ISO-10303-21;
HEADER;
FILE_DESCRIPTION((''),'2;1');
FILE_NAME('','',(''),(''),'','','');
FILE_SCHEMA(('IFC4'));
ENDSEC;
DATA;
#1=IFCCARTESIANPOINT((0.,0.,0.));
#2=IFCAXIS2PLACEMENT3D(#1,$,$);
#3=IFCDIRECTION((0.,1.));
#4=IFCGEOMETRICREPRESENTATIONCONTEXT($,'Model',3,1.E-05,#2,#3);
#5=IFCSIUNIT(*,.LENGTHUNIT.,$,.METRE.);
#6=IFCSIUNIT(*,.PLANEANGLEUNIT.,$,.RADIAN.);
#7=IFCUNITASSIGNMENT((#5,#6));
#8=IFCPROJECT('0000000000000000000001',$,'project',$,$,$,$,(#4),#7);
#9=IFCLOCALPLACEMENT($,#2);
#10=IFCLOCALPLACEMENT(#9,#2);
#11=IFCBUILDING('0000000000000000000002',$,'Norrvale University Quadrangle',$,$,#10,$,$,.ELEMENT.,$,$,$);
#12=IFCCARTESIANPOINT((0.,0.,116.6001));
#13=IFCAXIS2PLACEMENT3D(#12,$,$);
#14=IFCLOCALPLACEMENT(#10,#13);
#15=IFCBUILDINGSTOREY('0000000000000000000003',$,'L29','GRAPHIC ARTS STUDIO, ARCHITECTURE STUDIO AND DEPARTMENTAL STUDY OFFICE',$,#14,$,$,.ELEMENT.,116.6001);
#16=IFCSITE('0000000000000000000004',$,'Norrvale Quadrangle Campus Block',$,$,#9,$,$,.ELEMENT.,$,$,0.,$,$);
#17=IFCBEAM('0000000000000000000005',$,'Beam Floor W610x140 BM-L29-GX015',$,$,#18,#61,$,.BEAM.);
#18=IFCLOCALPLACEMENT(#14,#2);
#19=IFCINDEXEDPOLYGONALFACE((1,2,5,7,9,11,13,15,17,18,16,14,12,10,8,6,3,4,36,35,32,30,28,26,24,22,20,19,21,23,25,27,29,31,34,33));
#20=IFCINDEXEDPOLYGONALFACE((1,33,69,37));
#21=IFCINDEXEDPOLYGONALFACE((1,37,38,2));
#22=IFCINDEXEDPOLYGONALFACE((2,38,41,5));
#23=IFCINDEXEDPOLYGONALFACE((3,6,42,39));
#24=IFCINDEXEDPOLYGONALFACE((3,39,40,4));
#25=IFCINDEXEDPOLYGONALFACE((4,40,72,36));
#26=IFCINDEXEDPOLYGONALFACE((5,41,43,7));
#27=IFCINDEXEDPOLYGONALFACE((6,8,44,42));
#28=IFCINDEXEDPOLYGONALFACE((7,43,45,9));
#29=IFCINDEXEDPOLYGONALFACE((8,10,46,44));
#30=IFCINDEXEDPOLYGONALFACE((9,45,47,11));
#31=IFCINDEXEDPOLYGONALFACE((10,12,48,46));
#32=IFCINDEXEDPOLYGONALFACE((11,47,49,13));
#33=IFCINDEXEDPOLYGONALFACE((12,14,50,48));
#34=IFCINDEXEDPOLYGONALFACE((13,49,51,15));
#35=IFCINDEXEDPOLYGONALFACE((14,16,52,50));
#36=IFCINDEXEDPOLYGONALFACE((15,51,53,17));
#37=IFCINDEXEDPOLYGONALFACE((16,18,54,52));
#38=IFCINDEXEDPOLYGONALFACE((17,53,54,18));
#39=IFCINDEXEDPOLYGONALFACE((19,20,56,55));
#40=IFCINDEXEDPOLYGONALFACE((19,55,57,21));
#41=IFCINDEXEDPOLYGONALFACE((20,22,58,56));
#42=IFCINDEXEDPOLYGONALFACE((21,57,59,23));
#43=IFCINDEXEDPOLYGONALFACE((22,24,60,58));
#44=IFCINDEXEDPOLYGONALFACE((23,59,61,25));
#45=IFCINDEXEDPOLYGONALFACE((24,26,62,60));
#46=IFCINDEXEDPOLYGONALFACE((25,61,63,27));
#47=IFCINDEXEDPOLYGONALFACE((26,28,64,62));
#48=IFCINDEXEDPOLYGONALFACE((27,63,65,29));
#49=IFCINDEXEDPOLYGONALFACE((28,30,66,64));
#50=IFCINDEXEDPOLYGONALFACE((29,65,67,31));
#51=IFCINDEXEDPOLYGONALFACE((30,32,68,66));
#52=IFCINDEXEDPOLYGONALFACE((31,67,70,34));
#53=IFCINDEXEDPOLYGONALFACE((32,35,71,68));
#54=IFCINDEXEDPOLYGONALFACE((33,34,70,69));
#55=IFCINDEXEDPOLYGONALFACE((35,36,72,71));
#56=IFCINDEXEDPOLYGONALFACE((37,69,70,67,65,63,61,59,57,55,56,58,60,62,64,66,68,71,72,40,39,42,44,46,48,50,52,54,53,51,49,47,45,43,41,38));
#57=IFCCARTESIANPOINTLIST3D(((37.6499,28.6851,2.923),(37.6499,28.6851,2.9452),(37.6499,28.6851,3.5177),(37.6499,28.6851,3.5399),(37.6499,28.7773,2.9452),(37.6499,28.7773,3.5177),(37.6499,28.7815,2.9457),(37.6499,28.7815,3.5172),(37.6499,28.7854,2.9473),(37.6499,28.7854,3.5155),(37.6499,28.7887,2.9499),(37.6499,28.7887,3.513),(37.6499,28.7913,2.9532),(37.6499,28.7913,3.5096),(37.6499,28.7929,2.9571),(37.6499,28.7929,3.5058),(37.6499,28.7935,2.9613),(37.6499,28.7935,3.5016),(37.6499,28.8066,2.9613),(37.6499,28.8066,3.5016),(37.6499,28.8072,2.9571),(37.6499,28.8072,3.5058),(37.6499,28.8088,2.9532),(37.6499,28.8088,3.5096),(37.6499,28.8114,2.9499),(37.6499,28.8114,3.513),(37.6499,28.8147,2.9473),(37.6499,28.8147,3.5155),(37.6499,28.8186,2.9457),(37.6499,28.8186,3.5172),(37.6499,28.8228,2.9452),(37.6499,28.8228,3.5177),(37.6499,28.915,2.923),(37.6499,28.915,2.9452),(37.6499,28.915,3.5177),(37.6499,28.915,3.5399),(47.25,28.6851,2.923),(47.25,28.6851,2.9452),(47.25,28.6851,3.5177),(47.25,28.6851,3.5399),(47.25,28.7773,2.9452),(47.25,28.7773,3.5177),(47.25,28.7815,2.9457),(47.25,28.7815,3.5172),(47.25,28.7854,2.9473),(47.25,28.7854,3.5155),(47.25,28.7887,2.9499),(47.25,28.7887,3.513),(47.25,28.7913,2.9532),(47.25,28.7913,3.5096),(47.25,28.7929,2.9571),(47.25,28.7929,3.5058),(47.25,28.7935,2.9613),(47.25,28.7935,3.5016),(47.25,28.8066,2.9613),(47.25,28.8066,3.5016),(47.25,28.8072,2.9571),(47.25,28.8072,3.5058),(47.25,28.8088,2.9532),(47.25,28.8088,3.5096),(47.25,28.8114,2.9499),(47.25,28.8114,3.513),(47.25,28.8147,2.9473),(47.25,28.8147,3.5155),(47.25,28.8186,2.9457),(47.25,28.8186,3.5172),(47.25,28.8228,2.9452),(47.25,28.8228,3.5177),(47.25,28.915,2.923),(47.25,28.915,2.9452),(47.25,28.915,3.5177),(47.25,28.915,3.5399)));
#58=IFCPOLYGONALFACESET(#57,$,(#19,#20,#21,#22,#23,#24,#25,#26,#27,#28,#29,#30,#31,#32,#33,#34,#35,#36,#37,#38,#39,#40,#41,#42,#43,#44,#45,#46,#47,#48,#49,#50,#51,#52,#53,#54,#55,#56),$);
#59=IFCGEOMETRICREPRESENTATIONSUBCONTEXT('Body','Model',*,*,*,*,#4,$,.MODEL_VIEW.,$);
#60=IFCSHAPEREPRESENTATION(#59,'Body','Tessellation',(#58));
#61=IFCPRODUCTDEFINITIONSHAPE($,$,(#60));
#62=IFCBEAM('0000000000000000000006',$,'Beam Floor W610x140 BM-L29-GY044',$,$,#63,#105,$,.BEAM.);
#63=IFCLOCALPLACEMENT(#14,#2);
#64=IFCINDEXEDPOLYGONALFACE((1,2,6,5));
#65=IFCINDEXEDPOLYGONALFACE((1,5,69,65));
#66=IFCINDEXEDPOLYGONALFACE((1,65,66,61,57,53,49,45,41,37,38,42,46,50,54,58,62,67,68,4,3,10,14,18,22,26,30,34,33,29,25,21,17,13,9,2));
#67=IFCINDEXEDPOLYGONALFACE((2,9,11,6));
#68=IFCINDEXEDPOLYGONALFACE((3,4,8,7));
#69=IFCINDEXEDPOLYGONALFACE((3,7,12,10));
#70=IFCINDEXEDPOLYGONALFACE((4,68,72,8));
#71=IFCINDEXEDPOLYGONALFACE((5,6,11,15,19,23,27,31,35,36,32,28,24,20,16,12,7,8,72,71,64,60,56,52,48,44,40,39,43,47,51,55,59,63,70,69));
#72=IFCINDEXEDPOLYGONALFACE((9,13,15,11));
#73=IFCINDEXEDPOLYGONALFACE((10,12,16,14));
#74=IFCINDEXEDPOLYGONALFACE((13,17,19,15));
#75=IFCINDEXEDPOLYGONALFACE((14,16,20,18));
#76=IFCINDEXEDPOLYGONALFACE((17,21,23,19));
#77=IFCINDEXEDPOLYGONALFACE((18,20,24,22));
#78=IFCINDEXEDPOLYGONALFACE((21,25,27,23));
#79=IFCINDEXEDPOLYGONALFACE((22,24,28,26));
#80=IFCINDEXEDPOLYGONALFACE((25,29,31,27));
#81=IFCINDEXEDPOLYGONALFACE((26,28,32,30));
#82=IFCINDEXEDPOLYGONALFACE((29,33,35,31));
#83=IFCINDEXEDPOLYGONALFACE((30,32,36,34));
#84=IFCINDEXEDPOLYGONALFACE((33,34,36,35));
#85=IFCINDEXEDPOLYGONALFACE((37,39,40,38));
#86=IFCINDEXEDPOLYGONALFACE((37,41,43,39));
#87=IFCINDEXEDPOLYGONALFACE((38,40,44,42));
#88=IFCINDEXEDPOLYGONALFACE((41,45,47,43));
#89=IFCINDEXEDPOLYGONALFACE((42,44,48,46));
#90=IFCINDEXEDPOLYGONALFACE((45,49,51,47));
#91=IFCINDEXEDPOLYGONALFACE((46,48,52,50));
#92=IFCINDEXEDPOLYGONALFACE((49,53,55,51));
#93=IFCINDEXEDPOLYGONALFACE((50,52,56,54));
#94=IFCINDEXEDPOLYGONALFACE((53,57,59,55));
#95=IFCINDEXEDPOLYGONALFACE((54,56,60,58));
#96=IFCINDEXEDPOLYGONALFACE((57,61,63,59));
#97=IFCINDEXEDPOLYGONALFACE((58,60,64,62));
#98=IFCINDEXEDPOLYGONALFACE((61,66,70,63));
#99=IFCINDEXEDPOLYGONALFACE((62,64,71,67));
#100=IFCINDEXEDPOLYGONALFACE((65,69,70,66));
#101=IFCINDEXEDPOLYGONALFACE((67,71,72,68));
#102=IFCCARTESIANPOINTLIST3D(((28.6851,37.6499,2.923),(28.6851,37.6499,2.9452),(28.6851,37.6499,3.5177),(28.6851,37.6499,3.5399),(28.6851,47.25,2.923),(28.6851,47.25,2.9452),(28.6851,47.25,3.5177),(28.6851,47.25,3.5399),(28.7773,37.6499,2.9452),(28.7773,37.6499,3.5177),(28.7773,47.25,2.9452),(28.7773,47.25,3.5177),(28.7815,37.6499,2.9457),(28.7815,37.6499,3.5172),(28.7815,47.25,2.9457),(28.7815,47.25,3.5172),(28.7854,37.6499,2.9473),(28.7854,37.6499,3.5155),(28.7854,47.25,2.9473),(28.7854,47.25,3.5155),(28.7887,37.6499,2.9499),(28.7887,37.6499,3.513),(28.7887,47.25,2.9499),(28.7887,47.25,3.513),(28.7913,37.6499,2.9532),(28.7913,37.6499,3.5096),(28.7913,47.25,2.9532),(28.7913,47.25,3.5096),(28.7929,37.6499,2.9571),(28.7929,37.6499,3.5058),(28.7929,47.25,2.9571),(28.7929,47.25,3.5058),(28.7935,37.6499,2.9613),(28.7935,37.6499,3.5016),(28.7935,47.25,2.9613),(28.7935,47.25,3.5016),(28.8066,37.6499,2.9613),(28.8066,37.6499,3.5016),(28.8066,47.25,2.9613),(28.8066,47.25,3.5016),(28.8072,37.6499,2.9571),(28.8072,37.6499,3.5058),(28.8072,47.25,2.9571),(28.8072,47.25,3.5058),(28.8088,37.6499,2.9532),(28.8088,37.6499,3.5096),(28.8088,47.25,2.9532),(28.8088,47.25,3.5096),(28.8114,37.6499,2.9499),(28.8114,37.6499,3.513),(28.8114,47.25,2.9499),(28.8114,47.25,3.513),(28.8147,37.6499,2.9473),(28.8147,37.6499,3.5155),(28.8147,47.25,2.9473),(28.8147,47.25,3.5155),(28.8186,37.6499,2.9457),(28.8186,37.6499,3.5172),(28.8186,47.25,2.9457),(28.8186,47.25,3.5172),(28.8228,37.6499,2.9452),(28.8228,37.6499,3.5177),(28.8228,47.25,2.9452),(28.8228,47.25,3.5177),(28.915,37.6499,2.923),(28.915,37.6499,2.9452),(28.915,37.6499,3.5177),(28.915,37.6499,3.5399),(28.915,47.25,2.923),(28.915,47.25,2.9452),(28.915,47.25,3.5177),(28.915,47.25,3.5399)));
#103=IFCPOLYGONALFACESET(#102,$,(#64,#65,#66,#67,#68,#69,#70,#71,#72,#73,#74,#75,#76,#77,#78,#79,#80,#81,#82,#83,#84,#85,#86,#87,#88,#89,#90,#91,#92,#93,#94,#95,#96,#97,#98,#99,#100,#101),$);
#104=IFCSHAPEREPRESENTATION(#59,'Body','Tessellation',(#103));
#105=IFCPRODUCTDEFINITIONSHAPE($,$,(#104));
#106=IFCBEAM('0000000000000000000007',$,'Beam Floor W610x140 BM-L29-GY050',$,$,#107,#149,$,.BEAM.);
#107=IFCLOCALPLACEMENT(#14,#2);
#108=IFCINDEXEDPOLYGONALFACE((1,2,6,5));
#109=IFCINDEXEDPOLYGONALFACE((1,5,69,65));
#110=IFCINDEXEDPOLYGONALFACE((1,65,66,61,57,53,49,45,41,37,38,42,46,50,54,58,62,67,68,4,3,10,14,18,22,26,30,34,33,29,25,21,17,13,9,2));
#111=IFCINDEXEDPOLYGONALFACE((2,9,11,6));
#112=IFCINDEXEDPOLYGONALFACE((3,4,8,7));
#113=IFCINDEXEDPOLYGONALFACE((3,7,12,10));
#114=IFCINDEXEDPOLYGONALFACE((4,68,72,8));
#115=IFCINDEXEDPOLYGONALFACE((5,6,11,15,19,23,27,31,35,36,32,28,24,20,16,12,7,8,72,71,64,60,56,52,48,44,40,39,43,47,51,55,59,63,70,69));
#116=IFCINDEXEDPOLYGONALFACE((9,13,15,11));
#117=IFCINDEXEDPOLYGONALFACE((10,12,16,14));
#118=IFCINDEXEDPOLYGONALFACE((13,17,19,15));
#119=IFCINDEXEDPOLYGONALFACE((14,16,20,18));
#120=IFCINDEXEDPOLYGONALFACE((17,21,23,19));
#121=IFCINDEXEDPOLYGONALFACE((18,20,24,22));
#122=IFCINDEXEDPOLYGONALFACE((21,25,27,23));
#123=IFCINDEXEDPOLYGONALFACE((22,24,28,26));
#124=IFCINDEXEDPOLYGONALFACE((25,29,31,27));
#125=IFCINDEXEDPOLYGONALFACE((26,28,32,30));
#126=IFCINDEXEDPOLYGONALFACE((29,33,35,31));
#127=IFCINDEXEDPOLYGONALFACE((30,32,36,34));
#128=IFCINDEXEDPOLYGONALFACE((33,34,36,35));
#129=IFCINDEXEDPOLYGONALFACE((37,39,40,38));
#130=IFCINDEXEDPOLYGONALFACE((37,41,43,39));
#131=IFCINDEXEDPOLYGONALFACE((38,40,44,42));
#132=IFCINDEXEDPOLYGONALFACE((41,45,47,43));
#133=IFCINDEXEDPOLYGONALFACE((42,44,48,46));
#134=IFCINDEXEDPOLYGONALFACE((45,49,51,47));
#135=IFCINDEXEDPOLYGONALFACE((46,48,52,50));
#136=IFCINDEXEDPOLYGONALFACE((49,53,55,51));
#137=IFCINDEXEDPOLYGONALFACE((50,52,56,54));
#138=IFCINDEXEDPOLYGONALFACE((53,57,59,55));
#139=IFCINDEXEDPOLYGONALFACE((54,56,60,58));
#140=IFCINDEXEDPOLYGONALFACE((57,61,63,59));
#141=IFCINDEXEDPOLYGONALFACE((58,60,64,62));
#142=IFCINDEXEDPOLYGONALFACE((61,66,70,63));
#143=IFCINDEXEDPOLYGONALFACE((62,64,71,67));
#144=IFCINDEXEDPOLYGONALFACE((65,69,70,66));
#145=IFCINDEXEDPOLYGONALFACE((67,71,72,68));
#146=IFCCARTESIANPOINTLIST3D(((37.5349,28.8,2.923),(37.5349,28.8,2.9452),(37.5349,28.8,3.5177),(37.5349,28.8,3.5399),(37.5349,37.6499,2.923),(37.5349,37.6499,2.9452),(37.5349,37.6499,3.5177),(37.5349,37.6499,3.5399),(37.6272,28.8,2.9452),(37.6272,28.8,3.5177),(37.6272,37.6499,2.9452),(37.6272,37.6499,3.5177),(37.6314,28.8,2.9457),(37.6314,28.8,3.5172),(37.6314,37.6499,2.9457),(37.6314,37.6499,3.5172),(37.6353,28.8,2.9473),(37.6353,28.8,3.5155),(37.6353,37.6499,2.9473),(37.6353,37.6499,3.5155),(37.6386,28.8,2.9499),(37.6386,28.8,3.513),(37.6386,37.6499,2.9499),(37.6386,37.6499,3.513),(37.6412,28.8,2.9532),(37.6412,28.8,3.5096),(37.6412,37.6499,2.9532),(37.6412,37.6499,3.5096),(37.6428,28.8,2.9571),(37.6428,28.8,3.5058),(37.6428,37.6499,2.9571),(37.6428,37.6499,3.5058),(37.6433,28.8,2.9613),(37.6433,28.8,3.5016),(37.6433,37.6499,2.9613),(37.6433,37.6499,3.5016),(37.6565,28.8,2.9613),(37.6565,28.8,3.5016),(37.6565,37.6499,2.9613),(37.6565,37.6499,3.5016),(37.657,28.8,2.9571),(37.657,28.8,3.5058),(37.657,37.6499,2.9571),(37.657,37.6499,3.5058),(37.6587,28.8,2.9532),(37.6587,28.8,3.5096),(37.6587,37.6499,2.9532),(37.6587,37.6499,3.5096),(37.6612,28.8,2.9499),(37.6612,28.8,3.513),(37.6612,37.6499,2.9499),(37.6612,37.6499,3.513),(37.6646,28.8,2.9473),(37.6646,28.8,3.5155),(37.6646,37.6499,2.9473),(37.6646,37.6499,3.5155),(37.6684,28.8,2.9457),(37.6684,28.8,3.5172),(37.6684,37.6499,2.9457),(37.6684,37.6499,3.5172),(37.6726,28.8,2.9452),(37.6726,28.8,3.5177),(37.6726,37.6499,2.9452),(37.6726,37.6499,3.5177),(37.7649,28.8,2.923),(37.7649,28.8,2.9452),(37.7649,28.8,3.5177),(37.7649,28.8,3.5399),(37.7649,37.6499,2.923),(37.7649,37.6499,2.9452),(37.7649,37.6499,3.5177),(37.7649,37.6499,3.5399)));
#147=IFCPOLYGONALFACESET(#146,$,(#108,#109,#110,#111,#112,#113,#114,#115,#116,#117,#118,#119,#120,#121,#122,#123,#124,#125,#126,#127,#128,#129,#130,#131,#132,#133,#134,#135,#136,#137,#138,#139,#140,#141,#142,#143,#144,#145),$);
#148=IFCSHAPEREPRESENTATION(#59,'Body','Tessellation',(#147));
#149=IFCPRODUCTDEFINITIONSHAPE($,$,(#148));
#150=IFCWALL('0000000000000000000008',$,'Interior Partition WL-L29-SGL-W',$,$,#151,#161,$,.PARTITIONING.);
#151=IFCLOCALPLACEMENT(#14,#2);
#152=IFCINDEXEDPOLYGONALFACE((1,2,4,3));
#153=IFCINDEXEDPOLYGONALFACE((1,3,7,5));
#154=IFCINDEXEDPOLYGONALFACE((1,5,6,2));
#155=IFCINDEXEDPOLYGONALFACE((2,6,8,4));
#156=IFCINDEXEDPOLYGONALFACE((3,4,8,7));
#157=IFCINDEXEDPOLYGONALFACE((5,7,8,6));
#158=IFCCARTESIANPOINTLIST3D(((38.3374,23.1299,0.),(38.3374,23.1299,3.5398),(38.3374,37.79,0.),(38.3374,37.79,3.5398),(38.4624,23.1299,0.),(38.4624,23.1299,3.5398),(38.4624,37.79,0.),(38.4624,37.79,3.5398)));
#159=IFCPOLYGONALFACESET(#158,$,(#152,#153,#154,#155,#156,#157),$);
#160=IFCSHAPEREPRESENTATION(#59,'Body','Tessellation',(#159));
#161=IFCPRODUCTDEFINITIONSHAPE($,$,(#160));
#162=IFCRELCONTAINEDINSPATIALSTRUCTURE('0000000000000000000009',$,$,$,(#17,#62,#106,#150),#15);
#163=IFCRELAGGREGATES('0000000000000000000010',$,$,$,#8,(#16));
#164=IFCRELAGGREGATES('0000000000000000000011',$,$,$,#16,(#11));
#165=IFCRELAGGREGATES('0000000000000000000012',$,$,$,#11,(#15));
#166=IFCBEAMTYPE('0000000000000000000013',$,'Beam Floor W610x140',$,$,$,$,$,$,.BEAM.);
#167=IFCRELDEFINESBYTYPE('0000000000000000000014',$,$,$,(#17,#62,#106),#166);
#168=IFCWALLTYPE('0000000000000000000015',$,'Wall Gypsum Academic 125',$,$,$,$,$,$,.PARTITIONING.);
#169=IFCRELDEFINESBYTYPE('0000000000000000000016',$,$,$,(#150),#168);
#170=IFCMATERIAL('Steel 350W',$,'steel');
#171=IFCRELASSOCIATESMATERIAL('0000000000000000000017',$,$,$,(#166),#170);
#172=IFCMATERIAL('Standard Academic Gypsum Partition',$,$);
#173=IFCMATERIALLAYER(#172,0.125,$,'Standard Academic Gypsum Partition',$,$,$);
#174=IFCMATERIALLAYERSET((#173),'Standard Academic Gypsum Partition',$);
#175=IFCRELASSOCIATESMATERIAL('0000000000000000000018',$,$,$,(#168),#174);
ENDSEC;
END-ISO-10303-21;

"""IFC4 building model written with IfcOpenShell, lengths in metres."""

from ifc_helpers import new_model, si_unit, direction, frame, frame_2d, origin, origin_2d, place, context, subcontext, project, spatial, rectangle, i_section, extrude, material, layer, layer_set, material_profile, profile_set, type_object, element, save


model = new_model("IFC4")

# Units and contexts
model_context = context("Model", 3, precision=1e-05, world=origin(), true_north=direction((0.0, 1.0)))
body_context = subcontext(model_context, "Body", "Model", "MODEL_VIEW")
ifc_project = project(units=[si_unit("LENGTHUNIT", "METRE"), si_unit("PLANEANGLEUNIT", "RADIAN")], contexts=[model_context])

# Site, building, storey
site_placement = place(None, origin())
site = spatial("IfcSite", under=ifc_project, at=site_placement, Name="Norrvale Quadrangle Campus Block", CompositionType="ELEMENT", RefElevation=0.0)
building_placement = place(site_placement, origin())
building = spatial("IfcBuilding", under=site, at=building_placement, Name="Norrvale University Quadrangle", CompositionType="ELEMENT")
storey_placement = place(building_placement, frame((0.0, 0.0, 116.6001)))
storey = spatial("IfcBuildingStorey", under=building, at=storey_placement, Name="L29", Description="GRAPHIC ARTS STUDIO, ARCHITECTURE STUDIO AND DEPARTMENTAL STUDY OFFICE", CompositionType="ELEMENT", Elevation=116.6001)

# Beams
ifc_material_1 = material(Name="Steel 350W", Category="steel")
ifc_material_profile_1 = material_profile(ifc_material_1, i_section(OverallWidth=0.23, OverallDepth=0.6169, WebThickness=0.0132, FlangeThickness=0.0222, FilletRadius=0.0161, at=origin_2d()), Name="Steel 350W")
ifc_profile_set_1 = profile_set([ifc_material_profile_1], Name="Steel 350W")
beam_type_1 = type_object("IfcBeamType", Name="Beam Floor W610x140", PredefinedType="BEAM", material=ifc_profile_set_1)
for number, where, z_axis, x_axis, name in (
    (1, (37.6499, 28.8, 3.2314), (1.0, 0.0, 0.0), (0.0, 1.0, 0.0), "Beam Floor W610x140 BM-L29-GX015"),
    (2, (28.8, 37.6499, 3.2314), (0.0, 1.0, 0.0), (-1.0, 0.0, 0.0), "Beam Floor W610x140 BM-L29-GY044"),
):
    element("IfcBeam", number, at=place(storey_placement, frame(where, z_axis=z_axis, x_axis=x_axis)), inside=storey, type_object=beam_type_1, Name=name, PredefinedType="BEAM", context=body_context, shape_type="SweptSolid", body=[
        extrude(i_section(OverallWidth=0.23, OverallDepth=0.6169, WebThickness=0.0132, FlangeThickness=0.0222, FilletRadius=0.0161, at=origin_2d()), origin(), (0.0, 0.0, 1.0), 9.6001),
    ])
beam_placement = place(storey_placement, frame((37.6499, 28.8, 3.2314), z_axis=(0.0, 1.0, 0.0), x_axis=(-1.0, 0.0, 0.0)))
element("IfcBeam", 3, at=beam_placement, inside=storey, type_object=beam_type_1, Name="Beam Floor W610x140 BM-L29-GY050", PredefinedType="BEAM", context=body_context, shape_type="SweptSolid", body=[
    extrude(i_section(OverallWidth=0.23, OverallDepth=0.6169, WebThickness=0.0132, FlangeThickness=0.0222, FilletRadius=0.0161, at=origin_2d()), origin(), (0.0, 0.0, 1.0), 8.8499),
])

# Wall
ifc_material_2 = material(Name="Standard Academic Gypsum Partition")
ifc_layer_1 = layer(ifc_material_2, 0.125, Name="Standard Academic Gypsum Partition")
ifc_layer_set_1 = layer_set([ifc_layer_1], Name="Standard Academic Gypsum Partition")
wall_type = type_object("IfcWallType", Name="Wall Gypsum Academic 125", PredefinedType="PARTITIONING", material=ifc_layer_set_1)
wall_placement = place(storey_placement, frame((38.3999, 23.1299, 0.0), z_axis=(0.0, 0.0, 1.0), x_axis=(0.0, 1.0, 0.0)))
element("IfcWall", 4, at=wall_placement, inside=storey, type_object=wall_type, Name="Interior Partition WL-L29-SGL-W", PredefinedType="PARTITIONING", context=body_context, shape_type="SweptSolid", body=[
    extrude(rectangle(XDim=14.6602, YDim=0.125, at=frame_2d((7.3301, 0.0))), origin(), (0.0, 0.0, 1.0), 3.5398),
])

save(model, "model.ifc")
